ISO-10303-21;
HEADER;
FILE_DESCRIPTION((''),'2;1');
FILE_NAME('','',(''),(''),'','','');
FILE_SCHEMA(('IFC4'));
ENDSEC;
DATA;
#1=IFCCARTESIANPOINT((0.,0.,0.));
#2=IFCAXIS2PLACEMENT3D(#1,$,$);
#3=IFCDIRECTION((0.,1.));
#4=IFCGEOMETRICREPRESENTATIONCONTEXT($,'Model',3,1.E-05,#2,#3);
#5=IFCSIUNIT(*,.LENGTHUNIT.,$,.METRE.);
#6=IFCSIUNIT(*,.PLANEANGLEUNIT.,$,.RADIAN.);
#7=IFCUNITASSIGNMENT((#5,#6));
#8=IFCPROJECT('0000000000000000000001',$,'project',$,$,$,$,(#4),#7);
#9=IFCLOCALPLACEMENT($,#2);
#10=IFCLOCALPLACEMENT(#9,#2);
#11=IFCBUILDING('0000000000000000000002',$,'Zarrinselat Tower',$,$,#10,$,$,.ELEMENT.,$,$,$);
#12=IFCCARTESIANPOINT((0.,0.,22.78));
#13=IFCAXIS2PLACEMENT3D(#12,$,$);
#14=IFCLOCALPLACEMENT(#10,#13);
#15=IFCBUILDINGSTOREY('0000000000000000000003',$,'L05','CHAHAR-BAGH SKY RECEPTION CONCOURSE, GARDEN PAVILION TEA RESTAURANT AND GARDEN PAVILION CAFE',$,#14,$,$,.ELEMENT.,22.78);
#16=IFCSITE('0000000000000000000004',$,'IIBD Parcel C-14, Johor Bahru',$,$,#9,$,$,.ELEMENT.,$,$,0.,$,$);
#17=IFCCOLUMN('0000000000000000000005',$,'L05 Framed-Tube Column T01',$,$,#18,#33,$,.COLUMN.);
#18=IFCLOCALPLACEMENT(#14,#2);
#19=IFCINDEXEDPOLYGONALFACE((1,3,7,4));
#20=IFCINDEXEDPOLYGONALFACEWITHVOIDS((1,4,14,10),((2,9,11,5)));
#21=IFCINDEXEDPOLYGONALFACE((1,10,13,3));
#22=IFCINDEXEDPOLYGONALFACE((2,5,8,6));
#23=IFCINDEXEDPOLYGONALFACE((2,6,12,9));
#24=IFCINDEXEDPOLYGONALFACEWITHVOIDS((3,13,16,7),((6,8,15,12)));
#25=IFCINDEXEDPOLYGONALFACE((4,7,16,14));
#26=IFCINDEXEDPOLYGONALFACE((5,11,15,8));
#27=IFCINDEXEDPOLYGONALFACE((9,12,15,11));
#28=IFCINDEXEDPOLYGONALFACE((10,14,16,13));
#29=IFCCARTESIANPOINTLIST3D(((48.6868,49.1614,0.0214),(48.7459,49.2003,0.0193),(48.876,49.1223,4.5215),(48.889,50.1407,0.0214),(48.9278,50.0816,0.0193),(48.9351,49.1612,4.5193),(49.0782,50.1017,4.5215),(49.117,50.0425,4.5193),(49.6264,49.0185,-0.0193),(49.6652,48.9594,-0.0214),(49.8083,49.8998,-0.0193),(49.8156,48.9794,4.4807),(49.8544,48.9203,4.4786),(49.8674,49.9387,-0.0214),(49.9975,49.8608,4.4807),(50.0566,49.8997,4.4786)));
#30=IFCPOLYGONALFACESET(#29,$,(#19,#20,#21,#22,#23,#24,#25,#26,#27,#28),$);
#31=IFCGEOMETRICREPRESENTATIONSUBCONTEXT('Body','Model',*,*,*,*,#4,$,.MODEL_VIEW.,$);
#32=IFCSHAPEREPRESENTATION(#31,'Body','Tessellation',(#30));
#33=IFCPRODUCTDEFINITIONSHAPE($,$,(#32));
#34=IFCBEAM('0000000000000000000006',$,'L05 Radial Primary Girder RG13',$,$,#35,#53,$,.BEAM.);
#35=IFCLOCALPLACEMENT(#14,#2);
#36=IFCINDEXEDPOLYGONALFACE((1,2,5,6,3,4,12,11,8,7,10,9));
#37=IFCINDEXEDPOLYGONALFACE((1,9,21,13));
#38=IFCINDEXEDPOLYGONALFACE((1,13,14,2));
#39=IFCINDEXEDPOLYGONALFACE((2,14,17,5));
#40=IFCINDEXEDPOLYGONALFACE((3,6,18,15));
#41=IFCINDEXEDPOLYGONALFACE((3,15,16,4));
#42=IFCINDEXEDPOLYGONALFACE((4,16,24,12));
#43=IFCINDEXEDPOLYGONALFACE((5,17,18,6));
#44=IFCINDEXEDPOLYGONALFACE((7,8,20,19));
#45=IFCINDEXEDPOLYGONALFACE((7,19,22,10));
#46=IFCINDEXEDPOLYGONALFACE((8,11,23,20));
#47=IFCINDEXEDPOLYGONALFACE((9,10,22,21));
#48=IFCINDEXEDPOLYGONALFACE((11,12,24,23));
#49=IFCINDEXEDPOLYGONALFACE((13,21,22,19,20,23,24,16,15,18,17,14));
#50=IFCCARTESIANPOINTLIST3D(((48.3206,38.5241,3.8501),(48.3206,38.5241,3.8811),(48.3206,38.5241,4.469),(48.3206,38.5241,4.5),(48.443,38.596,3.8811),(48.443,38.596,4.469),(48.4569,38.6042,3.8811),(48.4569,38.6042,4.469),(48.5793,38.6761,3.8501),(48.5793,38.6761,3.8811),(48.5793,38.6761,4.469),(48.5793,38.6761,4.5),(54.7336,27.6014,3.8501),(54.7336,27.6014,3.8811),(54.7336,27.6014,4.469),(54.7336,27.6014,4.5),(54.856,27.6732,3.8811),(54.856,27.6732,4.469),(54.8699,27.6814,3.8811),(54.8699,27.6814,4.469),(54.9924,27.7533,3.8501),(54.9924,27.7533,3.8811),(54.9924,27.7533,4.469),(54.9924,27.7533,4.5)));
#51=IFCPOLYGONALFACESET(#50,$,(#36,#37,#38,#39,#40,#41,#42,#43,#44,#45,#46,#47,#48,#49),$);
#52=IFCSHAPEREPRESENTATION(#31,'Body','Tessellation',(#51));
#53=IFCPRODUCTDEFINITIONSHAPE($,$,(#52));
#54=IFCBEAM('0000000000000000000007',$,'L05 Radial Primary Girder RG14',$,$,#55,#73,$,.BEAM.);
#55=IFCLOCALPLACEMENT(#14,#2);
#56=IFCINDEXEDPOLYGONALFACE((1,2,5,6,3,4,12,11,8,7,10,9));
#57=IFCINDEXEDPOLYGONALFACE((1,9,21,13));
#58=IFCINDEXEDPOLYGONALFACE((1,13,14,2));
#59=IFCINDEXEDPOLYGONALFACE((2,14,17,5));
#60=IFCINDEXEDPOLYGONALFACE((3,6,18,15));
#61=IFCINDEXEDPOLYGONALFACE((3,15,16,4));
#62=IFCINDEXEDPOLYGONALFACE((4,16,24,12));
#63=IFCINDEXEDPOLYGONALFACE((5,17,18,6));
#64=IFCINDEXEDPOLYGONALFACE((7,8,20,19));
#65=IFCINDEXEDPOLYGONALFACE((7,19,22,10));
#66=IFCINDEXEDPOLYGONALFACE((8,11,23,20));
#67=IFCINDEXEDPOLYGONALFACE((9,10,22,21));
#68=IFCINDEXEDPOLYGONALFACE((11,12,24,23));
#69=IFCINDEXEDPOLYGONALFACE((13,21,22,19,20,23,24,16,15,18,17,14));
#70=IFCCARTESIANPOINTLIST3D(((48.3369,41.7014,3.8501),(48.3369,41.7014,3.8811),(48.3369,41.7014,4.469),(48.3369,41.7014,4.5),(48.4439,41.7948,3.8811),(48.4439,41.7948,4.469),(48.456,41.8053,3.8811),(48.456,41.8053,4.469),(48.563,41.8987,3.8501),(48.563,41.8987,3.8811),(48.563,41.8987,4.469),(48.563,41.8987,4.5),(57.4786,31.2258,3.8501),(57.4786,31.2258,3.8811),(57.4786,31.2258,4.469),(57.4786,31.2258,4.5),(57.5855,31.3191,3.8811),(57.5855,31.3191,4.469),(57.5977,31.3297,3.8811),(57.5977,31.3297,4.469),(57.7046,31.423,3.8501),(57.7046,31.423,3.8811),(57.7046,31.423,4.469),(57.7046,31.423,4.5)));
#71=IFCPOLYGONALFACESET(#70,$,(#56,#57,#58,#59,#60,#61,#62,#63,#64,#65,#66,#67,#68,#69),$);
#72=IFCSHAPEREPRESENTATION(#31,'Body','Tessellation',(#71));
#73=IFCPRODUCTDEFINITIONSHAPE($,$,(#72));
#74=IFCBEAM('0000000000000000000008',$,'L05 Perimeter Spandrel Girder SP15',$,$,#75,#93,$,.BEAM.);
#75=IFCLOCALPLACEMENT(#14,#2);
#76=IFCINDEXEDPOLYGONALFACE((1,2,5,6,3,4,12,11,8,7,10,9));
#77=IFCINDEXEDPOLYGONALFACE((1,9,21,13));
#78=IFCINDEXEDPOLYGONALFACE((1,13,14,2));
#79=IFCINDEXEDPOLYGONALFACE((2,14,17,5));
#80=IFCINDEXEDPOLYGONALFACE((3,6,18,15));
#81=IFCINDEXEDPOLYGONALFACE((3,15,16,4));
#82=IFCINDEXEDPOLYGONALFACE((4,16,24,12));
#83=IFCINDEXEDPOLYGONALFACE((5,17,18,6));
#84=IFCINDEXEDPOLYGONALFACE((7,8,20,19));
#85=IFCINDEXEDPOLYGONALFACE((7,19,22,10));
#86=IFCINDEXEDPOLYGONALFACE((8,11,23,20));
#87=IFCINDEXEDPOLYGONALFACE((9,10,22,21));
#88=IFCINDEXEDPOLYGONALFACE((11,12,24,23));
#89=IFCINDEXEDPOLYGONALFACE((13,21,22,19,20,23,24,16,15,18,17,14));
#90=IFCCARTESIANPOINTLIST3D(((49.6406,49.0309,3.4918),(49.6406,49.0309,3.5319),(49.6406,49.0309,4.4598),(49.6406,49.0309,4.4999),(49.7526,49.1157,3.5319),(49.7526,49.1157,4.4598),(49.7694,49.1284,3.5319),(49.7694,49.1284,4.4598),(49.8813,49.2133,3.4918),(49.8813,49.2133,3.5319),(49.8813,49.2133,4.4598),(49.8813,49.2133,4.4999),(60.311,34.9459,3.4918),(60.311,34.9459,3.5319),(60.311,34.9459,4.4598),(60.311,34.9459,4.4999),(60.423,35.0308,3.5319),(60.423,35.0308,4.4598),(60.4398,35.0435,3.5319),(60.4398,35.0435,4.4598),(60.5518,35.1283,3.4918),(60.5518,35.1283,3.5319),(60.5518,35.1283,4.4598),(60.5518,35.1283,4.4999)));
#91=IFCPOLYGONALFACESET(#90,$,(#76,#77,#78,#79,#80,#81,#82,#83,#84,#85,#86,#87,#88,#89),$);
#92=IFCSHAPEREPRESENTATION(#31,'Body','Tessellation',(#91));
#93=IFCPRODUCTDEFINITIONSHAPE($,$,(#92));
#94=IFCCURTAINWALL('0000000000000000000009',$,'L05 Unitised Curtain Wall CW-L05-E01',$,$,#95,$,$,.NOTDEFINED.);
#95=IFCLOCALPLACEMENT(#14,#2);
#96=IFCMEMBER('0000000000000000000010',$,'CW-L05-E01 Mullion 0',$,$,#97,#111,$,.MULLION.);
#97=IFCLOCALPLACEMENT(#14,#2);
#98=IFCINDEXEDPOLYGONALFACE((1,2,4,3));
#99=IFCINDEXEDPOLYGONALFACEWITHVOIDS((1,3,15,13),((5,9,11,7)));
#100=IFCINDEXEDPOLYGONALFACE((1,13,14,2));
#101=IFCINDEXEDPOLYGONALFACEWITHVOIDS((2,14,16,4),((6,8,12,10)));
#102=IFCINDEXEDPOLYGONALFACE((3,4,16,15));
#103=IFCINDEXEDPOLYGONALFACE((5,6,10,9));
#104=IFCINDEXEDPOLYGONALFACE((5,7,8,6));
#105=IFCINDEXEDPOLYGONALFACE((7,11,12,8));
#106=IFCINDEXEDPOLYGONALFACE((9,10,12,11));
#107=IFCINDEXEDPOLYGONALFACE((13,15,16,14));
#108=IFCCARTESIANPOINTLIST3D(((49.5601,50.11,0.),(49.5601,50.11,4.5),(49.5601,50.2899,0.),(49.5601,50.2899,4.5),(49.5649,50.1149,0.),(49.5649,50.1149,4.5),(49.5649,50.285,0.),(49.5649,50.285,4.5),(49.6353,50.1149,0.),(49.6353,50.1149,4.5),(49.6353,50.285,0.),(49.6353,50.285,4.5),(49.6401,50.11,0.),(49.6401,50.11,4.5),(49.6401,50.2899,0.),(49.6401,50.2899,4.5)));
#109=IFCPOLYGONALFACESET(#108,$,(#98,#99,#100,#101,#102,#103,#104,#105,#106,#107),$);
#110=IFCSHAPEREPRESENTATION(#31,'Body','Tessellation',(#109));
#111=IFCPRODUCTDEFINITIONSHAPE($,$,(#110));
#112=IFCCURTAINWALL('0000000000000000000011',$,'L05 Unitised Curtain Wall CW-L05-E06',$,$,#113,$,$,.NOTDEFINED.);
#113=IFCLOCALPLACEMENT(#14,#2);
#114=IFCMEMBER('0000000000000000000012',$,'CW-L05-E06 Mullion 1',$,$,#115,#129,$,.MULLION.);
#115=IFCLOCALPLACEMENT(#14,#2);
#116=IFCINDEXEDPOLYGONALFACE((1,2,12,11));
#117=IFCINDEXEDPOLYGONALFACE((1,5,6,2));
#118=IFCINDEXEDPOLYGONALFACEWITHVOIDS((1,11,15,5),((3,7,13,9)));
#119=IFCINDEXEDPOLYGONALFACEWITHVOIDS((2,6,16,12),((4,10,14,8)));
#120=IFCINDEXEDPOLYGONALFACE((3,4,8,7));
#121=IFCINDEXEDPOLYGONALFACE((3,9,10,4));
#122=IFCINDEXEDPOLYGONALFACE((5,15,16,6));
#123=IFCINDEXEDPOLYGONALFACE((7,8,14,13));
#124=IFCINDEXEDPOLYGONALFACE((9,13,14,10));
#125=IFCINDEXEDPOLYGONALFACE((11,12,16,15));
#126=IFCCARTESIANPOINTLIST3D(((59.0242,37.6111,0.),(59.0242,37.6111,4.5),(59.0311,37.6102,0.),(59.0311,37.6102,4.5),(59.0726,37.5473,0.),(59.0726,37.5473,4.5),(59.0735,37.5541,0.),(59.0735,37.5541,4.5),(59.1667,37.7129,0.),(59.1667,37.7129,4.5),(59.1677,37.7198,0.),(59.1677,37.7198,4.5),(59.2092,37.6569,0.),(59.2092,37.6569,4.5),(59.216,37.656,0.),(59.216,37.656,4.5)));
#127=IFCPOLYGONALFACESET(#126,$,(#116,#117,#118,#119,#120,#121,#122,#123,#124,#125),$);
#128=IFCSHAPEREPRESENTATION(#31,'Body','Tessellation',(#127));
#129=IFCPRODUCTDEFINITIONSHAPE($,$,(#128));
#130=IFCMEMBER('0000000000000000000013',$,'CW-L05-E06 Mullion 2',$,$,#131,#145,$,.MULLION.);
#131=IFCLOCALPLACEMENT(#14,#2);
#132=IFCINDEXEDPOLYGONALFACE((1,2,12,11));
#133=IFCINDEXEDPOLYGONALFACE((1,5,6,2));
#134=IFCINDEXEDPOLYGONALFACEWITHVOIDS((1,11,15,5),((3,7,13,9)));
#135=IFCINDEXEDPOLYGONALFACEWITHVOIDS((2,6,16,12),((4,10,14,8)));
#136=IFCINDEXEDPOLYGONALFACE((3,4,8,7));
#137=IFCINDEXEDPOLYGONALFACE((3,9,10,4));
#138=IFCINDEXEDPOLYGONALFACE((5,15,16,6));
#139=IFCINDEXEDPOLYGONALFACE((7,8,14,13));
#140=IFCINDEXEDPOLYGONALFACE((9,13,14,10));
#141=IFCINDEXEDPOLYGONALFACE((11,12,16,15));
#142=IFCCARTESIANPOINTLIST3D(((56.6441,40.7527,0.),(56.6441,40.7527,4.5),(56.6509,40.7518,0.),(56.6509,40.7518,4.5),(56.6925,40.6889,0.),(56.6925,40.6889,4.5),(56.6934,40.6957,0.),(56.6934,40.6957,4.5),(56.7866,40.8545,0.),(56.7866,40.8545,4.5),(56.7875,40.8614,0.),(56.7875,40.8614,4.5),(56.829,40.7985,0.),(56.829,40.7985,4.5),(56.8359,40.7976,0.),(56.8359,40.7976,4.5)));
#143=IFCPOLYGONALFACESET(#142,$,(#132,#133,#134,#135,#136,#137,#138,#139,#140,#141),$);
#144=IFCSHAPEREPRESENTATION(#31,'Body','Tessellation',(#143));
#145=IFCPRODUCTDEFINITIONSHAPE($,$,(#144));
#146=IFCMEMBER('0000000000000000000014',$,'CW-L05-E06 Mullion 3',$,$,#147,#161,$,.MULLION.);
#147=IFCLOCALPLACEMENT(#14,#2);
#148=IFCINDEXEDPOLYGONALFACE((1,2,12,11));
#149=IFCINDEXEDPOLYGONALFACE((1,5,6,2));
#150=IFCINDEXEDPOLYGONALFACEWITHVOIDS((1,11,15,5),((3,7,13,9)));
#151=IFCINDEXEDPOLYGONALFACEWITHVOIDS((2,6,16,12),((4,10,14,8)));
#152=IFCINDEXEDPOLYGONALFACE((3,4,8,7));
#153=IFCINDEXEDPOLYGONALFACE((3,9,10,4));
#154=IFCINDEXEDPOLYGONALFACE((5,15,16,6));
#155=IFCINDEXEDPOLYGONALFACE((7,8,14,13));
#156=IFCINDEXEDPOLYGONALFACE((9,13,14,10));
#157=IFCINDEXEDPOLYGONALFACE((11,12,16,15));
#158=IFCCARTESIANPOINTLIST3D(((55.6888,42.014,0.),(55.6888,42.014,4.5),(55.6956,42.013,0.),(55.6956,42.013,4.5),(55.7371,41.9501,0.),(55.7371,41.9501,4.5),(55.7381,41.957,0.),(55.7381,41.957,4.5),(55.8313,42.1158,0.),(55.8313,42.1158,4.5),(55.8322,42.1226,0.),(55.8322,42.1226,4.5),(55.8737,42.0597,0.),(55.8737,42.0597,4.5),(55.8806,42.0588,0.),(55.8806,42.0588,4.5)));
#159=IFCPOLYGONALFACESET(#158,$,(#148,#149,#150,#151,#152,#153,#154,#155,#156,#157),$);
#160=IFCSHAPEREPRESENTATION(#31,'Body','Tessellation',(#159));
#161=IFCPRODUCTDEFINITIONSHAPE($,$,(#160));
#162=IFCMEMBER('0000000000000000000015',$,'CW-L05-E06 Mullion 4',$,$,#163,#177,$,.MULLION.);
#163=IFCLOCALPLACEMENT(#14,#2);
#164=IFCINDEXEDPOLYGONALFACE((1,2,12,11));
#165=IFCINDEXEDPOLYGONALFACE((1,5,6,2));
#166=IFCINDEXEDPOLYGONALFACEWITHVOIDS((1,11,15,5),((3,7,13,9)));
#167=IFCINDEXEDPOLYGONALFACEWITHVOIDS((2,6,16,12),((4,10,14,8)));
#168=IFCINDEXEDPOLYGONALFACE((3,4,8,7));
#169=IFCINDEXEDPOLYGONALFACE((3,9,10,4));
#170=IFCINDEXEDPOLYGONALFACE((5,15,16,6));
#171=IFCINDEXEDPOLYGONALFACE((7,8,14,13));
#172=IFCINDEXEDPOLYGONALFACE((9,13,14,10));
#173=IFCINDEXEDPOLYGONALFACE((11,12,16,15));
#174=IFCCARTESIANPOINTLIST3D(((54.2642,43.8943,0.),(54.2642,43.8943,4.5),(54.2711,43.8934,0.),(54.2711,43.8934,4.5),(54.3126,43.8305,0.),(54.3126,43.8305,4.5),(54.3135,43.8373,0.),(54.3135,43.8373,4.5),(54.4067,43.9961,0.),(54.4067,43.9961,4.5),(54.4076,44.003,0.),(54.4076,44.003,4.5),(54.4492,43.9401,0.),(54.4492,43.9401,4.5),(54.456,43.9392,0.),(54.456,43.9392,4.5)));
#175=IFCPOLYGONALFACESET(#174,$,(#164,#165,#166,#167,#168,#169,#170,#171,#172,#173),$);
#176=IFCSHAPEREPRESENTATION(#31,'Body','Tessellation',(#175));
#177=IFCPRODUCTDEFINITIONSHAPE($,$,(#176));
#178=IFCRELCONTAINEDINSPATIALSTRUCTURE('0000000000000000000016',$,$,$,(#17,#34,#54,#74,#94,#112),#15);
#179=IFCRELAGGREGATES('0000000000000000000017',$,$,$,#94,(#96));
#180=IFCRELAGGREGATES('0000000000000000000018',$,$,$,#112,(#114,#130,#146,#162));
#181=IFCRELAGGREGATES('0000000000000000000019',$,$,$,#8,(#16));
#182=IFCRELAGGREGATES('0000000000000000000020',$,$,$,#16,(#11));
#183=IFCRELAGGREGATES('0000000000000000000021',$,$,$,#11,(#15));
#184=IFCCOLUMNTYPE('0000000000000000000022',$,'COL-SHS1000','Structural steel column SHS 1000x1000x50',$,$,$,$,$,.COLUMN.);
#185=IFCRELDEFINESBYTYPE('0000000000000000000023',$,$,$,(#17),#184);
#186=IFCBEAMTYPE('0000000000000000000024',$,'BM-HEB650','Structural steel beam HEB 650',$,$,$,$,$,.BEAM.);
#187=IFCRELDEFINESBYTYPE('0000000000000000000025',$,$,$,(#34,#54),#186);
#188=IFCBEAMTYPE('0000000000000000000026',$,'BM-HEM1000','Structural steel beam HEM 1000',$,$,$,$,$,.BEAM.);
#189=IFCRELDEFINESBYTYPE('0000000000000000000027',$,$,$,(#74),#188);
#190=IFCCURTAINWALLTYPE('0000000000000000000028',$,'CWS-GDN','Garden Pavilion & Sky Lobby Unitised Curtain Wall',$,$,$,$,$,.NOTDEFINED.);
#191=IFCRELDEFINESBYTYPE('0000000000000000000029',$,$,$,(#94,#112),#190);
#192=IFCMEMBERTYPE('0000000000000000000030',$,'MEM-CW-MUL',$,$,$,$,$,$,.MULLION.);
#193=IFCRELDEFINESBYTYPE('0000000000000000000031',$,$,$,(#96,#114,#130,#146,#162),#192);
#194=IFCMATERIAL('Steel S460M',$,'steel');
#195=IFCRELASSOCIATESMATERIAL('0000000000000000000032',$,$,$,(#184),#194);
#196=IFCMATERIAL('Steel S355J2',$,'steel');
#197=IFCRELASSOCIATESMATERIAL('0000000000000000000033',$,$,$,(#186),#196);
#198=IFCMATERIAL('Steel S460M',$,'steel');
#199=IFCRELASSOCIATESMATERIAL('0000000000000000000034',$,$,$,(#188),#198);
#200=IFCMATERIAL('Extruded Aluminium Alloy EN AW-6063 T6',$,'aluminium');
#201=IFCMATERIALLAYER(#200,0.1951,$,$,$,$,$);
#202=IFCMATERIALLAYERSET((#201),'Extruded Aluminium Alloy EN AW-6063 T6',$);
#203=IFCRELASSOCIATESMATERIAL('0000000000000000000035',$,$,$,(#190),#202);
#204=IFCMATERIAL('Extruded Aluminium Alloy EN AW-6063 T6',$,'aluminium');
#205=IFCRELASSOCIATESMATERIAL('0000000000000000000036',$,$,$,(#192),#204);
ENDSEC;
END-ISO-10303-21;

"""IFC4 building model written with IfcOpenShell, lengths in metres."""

from ifc_helpers import new_model, si_unit, direction, frame, origin, origin_2d, place, context, subcontext, project, spatial, hollow_rectangle, i_section, extrude, material, layer, layer_set, material_profile, profile_set, type_object, element, aggregate, save


model = new_model("IFC4")

# Units and contexts
model_context = context("Model", 3, precision=1e-05, world=origin(), true_north=direction((0.0, 1.0)))
body_context = subcontext(model_context, "Body", "Model", "MODEL_VIEW")
ifc_project = project(units=[si_unit("LENGTHUNIT", "METRE"), si_unit("PLANEANGLEUNIT", "RADIAN")], contexts=[model_context])

# Site, building, storey
site_placement = place(None, origin())
site = spatial("IfcSite", under=ifc_project, at=site_placement, Name="IIBD Parcel C-14, Johor Bahru", CompositionType="ELEMENT", RefElevation=0.0)
building_placement = place(site_placement, origin())
building = spatial("IfcBuilding", under=site, at=building_placement, Name="Zarrinselat Tower", CompositionType="ELEMENT")
storey_placement = place(building_placement, frame((0.0, 0.0, 22.78)))
storey = spatial("IfcBuildingStorey", under=building, at=storey_placement, Name="L05", Description="CHAHAR-BAGH SKY RECEPTION CONCOURSE, GARDEN PAVILION TEA RESTAURANT AND GARDEN PAVILION CAFE", CompositionType="ELEMENT", Elevation=22.78)

# Column
ifc_material_1 = material(Name="Steel S460M", Category="steel")
ifc_material_profile_1 = material_profile(ifc_material_1, hollow_rectangle(XDim=1.0, YDim=1.0, WallThickness=0.05, at=origin_2d()), Name="SHS 1000x1000x50")
ifc_profile_set_1 = profile_set([ifc_material_profile_1], Name="Steel S460M")
column_type = type_object("IfcColumnType", Name="COL-SHS1000", Description="Structural steel column SHS 1000x1000x50", PredefinedType="COLUMN", material=ifc_profile_set_1)
column_placement = place(storey_placement, frame((49.2771, 49.55, 0.0), z_axis=(0.042008, -0.008673, 0.99908), x_axis=(0.202188, 0.979347, 0.0)))
element("IfcColumn", 1, at=column_placement, inside=storey, type_object=column_type, Name="L05 Framed-Tube Column T01", PredefinedType="COLUMN", context=body_context, shape_type="SweptSolid", body=[
    extrude(hollow_rectangle(XDim=1.0, YDim=1.0, WallThickness=0.05, at=origin_2d()), origin(), (0.0, 0.0, 1.0), 4.5042),
])

# Beams
ifc_material_2 = material(Name="Steel S355J2", Category="steel")
ifc_material_profile_2 = material_profile(ifc_material_2, i_section(OverallWidth=0.3, OverallDepth=0.6499, WebThickness=0.0161, FlangeThickness=0.031, at=origin_2d()), Name="HEB 650")
ifc_profile_set_2 = profile_set([ifc_material_profile_2], Name="Steel S355J2")
beam_type_1 = type_object("IfcBeamType", Name="BM-HEB650", Description="Structural steel beam HEB 650", PredefinedType="BEAM", material=ifc_profile_set_2)
beam_1_placement = place(storey_placement, frame((48.45, 38.6001, 4.175), z_axis=(0.506309, -0.862352, 0.0), x_axis=(0.862352, 0.506309, 0.0)))
element("IfcBeam", 2, at=beam_1_placement, inside=storey, type_object=beam_type_1, Name="L05 Radial Primary Girder RG13", PredefinedType="BEAM", context=body_context, shape_type="SweptSolid", body=[
    extrude(i_section(OverallWidth=0.3, OverallDepth=0.6499, WebThickness=0.0161, FlangeThickness=0.031, at=origin_2d()), origin(), (0.0, 0.0, 1.0), 12.6663),
])
beam_2_placement = place(storey_placement, frame((48.45, 41.8, 4.175), z_axis=(0.657505, -0.753451, 0.0), x_axis=(0.753451, 0.657505, 0.0)))
element("IfcBeam", 3, at=beam_2_placement, inside=storey, type_object=beam_type_1, Name="L05 Radial Primary Girder RG14", PredefinedType="BEAM", context=body_context, shape_type="SweptSolid", body=[
    extrude(i_section(OverallWidth=0.3, OverallDepth=0.6499, WebThickness=0.0161, FlangeThickness=0.031, at=origin_2d()), origin(), (0.0, 0.0, 1.0), 13.9036),
])
ifc_material_3 = material(Name="Steel S460M", Category="steel")
ifc_material_profile_3 = material_profile(ifc_material_3, i_section(OverallWidth=0.302, OverallDepth=1.0081, WebThickness=0.021, FlangeThickness=0.04, at=origin_2d()), Name="HEM 1000")
ifc_profile_set_3 = profile_set([ifc_material_profile_3], Name="Steel S460M")
beam_type_2 = type_object("IfcBeamType", Name="BM-HEM1000", Description="Structural steel beam HEM 1000", PredefinedType="BEAM", material=ifc_profile_set_3)
beam_3_placement = place(storey_placement, frame((49.761, 49.1221, 3.9958), z_axis=(0.603857, -0.797093, 0.0), x_axis=(0.797093, 0.603857, 0.0)))
element("IfcBeam", 4, at=beam_3_placement, inside=storey, type_object=beam_type_2, Name="L05 Perimeter Spandrel Girder SP15", PredefinedType="BEAM", context=body_context, shape_type="SweptSolid", body=[
    extrude(i_section(OverallWidth=0.302, OverallDepth=1.0081, WebThickness=0.021, FlangeThickness=0.04, at=origin_2d()), origin(), (0.0, 0.0, 1.0), 17.6704),
])

# Curtain wall, member
ifc_material_4 = material(Name="Extruded Aluminium Alloy EN AW-6063 T6", Category="aluminium")
ifc_layer_1 = layer(ifc_material_4, 0.1951)
ifc_layer_set_1 = layer_set([ifc_layer_1], Name="Extruded Aluminium Alloy EN AW-6063 T6")
curtain_wall_type = type_object("IfcCurtainWallType", Name="CWS-GDN", Description="Garden Pavilion & Sky Lobby Unitised Curtain Wall", PredefinedType="NOTDEFINED", material=ifc_layer_set_1)
curtain_wall_1_placement = place(storey_placement, origin())
curtain_wall_1 = element("IfcCurtainWall", 5, at=curtain_wall_1_placement, inside=storey, type_object=curtain_wall_type, Name="L05 Unitised Curtain Wall CW-L05-E01", PredefinedType="NOTDEFINED")
ifc_material_5 = material(Name="Extruded Aluminium Alloy EN AW-6063 T6", Category="aluminium")
ifc_material_profile_4 = material_profile(ifc_material_5, hollow_rectangle(XDim=0.0801, YDim=0.1799, WallThickness=0.0049, at=origin_2d()), Name="RHS 180x80x5")
ifc_profile_set_4 = profile_set([ifc_material_profile_4], Name="Extruded Aluminium Alloy EN AW-6063 T6")
member_type_1 = type_object("IfcMemberType", Name="MEM-CW-MUL", PredefinedType="MULLION", material=ifc_profile_set_4)
member_1_placement = place(storey_placement, frame((49.6001, 50.2, 0.0), z_axis=(0.0, 0.0, 1.0), x_axis=(-1.0, 0.0, 0.0)))
member_1 = element("IfcMember", 6, at=member_1_placement, type_object=member_type_1, Name="CW-L05-E01 Mullion 0", PredefinedType="MULLION", context=body_context, shape_type="SweptSolid", body=[
    extrude(hollow_rectangle(XDim=0.0801, YDim=0.1799, WallThickness=0.0049, at=origin_2d()), origin(), (0.0, 0.0, 1.0), 4.5),
])

# Curtain wall, members
curtain_wall_2_placement = place(storey_placement, origin())
curtain_wall_2 = element("IfcCurtainWall", 7, at=curtain_wall_2_placement, inside=storey, type_object=curtain_wall_type, Name="L05 Unitised Curtain Wall CW-L05-E06", PredefinedType="NOTDEFINED")
member_2_placement = place(storey_placement, frame((59.1201, 37.6335, 0.0), z_axis=(0.0, 0.0, 1.0), x_axis=(-0.603858, 0.797092, 0.0)))
member_2 = element("IfcMember", 8, at=member_2_placement, type_object=member_type_1, Name="CW-L05-E06 Mullion 1", PredefinedType="MULLION", context=body_context, shape_type="SweptSolid", body=[
    extrude(hollow_rectangle(XDim=0.0801, YDim=0.1799, WallThickness=0.0049, at=origin_2d()), origin(), (0.0, 0.0, 1.0), 4.5),
])
member_3_placement = place(storey_placement, frame((56.74, 40.7751, 0.0), z_axis=(0.0, 0.0, 1.0), x_axis=(-0.603858, 0.797092, 0.0)))
member_3 = element("IfcMember", 9, at=member_3_placement, type_object=member_type_1, Name="CW-L05-E06 Mullion 2", PredefinedType="MULLION", context=body_context, shape_type="SweptSolid", body=[
    extrude(hollow_rectangle(XDim=0.0801, YDim=0.1799, WallThickness=0.0049, at=origin_2d()), origin(), (0.0, 0.0, 1.0), 4.5),
])
member_4_placement = place(storey_placement, frame((55.7847, 42.0364, 0.0), z_axis=(0.0, 0.0, 1.0), x_axis=(-0.603858, 0.797092, 0.0)))
member_4 = element("IfcMember", 10, at=member_4_placement, type_object=member_type_1, Name="CW-L05-E06 Mullion 3", PredefinedType="MULLION", context=body_context, shape_type="SweptSolid", body=[
    extrude(hollow_rectangle(XDim=0.0801, YDim=0.1799, WallThickness=0.0049, at=origin_2d()), origin(), (0.0, 0.0, 1.0), 4.5),
])
member_5_placement = place(storey_placement, frame((54.3601, 43.9167, 0.0), z_axis=(0.0, 0.0, 1.0), x_axis=(-0.603858, 0.797092, 0.0)))
member_5 = element("IfcMember", 11, at=member_5_placement, type_object=member_type_1, Name="CW-L05-E06 Mullion 4", PredefinedType="MULLION", context=body_context, shape_type="SweptSolid", body=[
    extrude(hollow_rectangle(XDim=0.0801, YDim=0.1799, WallThickness=0.0049, at=origin_2d()), origin(), (0.0, 0.0, 1.0), 4.5),
])

aggregate(curtain_wall_1, [member_1])
aggregate(curtain_wall_2, [member_2, member_3, member_4, member_5])

save(model, "model.ifc")
